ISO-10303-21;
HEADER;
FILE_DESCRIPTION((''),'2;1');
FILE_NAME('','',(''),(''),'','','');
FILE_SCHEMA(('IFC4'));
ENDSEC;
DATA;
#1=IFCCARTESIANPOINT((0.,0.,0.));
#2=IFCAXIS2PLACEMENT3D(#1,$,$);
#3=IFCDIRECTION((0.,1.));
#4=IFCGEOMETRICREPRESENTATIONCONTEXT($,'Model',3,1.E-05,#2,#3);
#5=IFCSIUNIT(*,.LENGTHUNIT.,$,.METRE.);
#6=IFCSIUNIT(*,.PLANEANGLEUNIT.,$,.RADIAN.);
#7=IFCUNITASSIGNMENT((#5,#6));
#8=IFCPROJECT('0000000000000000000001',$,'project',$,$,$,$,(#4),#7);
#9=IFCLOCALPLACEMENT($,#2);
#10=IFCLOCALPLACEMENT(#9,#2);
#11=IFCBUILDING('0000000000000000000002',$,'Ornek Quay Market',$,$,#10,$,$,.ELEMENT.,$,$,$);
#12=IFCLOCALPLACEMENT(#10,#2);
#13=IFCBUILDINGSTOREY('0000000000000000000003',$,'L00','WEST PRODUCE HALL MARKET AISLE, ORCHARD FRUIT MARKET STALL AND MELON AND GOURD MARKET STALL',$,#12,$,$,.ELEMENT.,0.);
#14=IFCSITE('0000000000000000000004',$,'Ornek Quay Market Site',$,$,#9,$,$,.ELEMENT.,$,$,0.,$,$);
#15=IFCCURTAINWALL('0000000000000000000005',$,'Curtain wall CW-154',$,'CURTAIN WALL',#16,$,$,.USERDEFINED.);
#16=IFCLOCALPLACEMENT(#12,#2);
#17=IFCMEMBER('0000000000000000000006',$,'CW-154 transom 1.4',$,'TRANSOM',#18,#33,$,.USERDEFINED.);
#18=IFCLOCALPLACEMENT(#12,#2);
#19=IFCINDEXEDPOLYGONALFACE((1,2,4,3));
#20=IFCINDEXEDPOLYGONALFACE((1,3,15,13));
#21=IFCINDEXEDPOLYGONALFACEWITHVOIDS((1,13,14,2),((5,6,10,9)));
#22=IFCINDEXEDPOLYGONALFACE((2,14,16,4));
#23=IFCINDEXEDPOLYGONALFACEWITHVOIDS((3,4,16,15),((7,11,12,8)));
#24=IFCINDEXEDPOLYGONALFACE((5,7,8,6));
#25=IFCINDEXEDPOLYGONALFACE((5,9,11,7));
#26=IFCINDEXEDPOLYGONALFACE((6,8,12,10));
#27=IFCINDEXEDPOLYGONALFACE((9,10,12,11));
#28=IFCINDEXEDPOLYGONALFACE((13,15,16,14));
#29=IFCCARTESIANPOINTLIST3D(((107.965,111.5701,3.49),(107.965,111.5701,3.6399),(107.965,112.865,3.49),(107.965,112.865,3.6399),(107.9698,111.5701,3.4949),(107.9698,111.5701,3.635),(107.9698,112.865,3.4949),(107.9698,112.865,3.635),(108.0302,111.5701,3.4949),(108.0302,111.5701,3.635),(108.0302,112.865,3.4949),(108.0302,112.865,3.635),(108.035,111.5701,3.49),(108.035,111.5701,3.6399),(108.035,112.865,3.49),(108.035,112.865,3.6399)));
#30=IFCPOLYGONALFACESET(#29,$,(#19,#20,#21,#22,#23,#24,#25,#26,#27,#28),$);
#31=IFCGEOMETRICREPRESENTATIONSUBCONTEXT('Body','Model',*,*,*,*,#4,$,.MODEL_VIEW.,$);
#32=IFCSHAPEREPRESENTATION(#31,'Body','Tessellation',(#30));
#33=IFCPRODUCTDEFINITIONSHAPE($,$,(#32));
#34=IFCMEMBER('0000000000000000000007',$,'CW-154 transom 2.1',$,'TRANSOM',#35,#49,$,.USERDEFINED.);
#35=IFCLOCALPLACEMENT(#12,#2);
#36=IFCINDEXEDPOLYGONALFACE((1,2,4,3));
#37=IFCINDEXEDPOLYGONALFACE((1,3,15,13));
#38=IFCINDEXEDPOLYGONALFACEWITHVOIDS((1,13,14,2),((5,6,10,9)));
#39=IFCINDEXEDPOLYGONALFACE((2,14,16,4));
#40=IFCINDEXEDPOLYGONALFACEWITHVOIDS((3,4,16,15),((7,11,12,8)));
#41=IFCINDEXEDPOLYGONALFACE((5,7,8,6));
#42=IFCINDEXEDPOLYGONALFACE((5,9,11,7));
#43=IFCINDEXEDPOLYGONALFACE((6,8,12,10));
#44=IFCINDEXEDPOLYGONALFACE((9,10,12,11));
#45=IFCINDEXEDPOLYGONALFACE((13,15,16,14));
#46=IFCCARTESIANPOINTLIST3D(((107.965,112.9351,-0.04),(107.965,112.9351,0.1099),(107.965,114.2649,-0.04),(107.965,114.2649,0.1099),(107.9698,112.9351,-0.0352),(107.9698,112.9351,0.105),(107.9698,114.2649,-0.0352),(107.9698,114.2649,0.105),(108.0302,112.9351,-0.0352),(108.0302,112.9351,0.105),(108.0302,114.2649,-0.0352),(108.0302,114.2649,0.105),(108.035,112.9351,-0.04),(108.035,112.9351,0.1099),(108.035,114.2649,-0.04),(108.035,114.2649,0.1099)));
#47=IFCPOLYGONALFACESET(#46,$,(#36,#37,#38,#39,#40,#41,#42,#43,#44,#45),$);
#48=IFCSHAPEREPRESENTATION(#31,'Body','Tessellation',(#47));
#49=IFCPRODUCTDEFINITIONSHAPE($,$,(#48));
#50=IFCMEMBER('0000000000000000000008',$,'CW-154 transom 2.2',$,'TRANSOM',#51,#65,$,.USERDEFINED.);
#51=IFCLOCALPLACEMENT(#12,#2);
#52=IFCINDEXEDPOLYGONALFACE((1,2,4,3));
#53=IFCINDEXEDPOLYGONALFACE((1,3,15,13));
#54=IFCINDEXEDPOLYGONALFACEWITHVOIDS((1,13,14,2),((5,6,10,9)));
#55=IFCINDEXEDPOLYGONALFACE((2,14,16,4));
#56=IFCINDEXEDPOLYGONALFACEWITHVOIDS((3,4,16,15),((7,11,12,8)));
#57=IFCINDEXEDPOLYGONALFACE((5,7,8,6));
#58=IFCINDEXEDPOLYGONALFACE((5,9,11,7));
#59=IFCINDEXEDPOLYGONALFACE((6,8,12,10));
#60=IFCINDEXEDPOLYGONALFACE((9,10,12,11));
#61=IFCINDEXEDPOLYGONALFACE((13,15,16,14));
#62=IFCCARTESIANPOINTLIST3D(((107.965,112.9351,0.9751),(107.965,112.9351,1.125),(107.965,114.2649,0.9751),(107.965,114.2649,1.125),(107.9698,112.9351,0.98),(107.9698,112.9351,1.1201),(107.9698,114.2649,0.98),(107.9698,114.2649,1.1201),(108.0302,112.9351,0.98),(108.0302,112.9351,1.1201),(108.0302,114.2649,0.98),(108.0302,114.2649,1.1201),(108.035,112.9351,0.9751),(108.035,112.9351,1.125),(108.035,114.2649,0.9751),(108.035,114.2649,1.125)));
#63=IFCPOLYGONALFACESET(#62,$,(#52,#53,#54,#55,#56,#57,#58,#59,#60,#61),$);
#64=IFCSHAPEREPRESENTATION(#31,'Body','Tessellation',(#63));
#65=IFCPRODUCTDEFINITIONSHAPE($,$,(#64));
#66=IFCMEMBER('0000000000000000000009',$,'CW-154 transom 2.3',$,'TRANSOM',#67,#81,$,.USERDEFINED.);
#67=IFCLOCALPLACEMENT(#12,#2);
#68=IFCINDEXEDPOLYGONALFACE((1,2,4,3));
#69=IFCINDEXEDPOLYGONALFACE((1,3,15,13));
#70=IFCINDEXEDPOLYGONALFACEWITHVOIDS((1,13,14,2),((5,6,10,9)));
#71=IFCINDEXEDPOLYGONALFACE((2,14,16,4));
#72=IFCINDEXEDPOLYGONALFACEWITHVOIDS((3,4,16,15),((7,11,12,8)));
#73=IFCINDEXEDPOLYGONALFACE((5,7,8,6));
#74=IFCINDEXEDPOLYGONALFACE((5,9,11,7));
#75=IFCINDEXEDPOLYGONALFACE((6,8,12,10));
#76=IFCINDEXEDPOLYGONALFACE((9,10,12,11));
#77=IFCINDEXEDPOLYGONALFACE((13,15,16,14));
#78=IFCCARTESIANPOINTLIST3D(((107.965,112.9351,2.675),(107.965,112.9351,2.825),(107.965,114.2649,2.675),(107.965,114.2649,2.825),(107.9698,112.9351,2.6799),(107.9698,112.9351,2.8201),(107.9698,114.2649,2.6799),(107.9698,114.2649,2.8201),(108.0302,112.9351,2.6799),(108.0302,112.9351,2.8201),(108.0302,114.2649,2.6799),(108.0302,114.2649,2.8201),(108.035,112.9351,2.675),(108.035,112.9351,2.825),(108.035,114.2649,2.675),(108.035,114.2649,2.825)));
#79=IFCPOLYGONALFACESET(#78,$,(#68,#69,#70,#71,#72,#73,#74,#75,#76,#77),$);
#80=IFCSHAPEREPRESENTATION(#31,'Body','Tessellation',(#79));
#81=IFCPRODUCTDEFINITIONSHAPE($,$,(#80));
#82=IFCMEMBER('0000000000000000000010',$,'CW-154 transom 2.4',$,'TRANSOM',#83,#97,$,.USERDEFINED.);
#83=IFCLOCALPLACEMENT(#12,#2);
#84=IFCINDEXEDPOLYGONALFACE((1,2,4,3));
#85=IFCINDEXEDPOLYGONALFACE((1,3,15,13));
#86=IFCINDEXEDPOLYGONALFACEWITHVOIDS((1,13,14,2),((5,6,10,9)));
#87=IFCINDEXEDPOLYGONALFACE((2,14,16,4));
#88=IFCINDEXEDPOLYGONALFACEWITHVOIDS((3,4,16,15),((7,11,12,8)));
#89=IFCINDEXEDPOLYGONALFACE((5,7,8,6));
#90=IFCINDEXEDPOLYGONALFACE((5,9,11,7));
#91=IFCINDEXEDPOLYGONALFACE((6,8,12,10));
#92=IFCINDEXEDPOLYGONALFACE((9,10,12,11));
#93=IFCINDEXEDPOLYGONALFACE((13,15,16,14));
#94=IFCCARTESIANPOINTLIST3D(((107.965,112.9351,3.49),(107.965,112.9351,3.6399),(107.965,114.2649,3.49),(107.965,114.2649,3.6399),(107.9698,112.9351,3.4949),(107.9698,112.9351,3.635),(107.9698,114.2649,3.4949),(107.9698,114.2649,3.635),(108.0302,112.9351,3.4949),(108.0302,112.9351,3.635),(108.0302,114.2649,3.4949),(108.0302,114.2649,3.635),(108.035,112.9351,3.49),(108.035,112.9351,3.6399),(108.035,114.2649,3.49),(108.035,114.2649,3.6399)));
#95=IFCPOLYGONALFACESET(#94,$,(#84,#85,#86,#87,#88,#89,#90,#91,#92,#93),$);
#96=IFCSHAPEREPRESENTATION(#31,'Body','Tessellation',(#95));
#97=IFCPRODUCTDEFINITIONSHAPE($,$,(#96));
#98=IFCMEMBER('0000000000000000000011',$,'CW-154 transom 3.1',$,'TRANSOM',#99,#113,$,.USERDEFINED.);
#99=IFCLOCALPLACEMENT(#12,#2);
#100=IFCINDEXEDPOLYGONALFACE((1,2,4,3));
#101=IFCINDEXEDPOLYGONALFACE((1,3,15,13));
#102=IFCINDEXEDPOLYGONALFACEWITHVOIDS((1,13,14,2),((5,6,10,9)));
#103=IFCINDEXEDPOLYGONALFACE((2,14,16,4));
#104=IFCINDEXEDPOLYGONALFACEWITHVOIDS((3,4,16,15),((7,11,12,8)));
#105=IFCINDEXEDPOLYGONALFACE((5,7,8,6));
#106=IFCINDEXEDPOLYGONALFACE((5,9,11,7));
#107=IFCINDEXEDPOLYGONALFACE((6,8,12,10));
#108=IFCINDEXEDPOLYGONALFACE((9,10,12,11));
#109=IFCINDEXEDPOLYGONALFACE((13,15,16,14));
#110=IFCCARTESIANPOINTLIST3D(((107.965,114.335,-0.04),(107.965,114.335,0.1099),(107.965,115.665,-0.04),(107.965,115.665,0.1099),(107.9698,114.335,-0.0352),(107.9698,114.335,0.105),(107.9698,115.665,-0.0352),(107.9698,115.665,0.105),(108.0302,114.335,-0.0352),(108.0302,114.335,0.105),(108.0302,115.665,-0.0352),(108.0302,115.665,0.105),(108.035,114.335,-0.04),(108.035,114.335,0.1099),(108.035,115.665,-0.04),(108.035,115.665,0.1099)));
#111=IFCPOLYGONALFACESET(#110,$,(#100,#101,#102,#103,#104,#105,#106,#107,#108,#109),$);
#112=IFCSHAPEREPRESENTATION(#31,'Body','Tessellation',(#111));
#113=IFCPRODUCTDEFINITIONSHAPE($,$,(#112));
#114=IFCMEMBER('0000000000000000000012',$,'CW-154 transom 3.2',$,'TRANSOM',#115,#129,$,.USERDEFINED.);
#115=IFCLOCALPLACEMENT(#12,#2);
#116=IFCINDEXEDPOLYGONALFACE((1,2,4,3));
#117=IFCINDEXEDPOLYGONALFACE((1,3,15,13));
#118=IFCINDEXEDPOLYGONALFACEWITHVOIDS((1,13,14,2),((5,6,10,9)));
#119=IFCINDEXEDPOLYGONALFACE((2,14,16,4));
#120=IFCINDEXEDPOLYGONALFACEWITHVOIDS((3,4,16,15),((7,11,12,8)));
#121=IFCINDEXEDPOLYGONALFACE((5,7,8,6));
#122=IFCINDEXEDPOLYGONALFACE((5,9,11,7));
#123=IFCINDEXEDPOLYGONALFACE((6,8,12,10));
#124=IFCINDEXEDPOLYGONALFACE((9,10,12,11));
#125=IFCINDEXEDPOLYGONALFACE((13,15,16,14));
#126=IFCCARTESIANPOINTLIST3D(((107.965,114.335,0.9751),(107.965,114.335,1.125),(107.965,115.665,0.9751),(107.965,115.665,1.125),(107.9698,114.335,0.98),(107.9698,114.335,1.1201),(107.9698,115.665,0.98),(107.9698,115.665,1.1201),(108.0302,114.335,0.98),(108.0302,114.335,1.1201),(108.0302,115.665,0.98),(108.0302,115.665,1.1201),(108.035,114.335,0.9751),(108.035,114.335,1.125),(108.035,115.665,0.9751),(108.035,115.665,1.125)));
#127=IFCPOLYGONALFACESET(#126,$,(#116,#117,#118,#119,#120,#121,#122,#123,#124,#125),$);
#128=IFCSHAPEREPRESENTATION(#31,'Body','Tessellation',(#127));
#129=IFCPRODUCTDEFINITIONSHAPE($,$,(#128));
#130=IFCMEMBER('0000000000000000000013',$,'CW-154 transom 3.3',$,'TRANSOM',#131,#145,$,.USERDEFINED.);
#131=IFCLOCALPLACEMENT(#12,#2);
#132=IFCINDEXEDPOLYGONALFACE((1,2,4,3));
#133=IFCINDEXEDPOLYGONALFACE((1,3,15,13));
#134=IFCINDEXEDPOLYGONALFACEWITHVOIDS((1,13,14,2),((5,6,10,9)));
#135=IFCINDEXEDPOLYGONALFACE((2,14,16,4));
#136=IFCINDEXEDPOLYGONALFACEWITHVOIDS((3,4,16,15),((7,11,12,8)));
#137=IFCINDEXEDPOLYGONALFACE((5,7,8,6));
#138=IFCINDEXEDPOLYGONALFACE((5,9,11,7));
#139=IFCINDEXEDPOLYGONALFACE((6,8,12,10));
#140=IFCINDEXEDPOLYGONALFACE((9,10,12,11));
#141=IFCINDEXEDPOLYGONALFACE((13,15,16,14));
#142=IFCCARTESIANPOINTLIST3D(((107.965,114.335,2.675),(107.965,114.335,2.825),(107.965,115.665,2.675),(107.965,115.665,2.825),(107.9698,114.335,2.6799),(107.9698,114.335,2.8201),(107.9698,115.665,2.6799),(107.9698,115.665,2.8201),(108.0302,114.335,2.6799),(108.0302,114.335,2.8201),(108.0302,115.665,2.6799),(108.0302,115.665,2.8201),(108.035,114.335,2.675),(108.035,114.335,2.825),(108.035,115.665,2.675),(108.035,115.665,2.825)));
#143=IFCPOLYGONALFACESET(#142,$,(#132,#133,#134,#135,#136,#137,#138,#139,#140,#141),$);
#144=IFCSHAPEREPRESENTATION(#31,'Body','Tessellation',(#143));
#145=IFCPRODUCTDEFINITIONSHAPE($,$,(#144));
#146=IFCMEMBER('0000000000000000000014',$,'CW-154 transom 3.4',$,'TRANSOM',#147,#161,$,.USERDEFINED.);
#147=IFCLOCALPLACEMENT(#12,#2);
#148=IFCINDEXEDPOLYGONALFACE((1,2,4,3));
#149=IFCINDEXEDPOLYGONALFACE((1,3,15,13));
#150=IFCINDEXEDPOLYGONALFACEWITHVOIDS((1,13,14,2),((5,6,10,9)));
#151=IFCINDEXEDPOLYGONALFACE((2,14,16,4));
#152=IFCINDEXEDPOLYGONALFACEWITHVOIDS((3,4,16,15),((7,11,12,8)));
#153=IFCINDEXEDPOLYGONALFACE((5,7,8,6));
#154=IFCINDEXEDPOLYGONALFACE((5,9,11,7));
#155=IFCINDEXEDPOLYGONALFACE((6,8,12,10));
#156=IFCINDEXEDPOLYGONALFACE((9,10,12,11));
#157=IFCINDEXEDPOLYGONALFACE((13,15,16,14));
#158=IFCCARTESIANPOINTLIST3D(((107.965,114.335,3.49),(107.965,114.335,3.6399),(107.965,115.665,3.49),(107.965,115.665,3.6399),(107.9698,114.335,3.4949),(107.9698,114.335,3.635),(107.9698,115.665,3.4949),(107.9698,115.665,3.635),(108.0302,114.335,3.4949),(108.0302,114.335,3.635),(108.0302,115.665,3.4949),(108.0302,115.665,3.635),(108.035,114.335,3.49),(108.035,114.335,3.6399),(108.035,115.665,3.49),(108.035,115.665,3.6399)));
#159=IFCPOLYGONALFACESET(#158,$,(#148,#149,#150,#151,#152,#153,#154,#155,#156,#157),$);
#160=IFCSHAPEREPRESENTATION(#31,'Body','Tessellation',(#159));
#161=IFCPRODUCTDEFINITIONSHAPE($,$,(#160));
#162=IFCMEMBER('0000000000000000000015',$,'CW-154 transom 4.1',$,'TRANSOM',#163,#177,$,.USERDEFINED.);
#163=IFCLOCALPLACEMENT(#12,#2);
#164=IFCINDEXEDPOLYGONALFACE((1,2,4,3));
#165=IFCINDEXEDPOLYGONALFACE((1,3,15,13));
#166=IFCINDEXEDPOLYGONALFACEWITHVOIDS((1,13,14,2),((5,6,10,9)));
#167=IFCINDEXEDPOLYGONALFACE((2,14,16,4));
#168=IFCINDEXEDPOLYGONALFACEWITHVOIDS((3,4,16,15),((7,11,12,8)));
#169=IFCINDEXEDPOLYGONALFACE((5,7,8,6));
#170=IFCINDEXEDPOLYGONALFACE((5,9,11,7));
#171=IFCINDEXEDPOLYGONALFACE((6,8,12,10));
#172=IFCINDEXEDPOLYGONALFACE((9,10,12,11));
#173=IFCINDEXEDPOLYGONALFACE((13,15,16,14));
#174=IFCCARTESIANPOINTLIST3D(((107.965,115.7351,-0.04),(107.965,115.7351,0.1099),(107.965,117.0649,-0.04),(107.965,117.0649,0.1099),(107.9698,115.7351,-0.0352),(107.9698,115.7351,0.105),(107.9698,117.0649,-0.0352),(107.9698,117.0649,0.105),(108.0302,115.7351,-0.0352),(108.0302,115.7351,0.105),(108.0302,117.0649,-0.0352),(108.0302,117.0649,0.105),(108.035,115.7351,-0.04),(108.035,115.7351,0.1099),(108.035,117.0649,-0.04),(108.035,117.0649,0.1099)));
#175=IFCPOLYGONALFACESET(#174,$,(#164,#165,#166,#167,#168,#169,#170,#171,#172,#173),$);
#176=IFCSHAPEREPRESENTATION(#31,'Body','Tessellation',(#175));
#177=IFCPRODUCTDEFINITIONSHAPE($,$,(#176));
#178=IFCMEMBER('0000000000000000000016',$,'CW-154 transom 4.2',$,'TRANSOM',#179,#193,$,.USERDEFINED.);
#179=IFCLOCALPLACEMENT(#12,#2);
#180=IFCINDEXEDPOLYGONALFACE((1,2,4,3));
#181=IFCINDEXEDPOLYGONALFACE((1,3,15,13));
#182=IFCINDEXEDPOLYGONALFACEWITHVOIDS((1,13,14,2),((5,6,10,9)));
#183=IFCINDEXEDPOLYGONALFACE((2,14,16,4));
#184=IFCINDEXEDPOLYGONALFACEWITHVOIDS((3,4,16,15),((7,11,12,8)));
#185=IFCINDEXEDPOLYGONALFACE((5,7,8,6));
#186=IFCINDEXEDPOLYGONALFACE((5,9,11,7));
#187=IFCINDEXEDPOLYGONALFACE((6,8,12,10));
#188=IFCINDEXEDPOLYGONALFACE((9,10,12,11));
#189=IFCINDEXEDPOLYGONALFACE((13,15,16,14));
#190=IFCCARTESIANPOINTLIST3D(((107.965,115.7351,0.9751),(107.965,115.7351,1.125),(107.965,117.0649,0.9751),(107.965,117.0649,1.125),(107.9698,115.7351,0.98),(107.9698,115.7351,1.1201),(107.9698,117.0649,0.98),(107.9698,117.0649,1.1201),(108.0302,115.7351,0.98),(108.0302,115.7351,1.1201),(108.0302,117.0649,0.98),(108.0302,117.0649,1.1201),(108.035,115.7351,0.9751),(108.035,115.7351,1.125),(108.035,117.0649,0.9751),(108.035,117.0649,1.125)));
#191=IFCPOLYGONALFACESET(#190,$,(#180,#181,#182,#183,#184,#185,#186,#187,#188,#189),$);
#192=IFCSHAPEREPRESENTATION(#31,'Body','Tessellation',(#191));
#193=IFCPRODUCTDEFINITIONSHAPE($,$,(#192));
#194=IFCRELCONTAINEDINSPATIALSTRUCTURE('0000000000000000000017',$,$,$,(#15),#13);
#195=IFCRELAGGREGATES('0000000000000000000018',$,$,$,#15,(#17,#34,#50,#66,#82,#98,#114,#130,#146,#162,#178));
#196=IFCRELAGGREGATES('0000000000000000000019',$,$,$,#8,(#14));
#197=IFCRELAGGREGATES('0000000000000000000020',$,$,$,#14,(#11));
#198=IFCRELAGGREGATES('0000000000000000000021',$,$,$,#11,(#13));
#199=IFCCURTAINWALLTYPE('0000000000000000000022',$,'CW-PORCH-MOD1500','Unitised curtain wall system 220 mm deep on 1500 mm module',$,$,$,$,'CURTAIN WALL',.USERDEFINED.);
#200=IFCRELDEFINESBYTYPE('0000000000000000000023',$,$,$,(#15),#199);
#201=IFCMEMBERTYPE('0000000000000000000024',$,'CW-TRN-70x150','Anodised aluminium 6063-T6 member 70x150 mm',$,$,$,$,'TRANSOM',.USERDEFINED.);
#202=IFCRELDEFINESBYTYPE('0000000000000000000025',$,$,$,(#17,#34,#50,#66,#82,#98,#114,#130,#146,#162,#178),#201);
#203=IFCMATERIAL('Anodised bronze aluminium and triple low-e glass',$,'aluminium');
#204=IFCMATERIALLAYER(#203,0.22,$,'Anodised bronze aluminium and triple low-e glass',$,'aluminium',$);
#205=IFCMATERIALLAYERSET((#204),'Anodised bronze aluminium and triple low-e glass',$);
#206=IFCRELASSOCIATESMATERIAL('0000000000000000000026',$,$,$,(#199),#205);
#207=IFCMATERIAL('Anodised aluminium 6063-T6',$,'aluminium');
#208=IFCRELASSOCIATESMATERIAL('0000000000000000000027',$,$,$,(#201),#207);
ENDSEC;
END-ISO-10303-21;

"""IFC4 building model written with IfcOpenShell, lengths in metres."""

from ifc_helpers import new_model, si_unit, direction, frame, origin, origin_2d, place, context, subcontext, project, spatial, hollow_rectangle, extrude, material, layer, layer_set, material_profile, profile_set, type_object, element, aggregate, save


model = new_model("IFC4")

# Units and contexts
model_context = context("Model", 3, precision=1e-05, world=origin(), true_north=direction((0.0, 1.0)))
body_context = subcontext(model_context, "Body", "Model", "MODEL_VIEW")
ifc_project = project(units=[si_unit("LENGTHUNIT", "METRE"), si_unit("PLANEANGLEUNIT", "RADIAN")], contexts=[model_context])

# Site, building, storey
site_placement = place(None, origin())
site = spatial("IfcSite", under=ifc_project, at=site_placement, Name="Ornek Quay Market Site", CompositionType="ELEMENT", RefElevation=0.0)
building_placement = place(site_placement, origin())
building = spatial("IfcBuilding", under=site, at=building_placement, Name="Ornek Quay Market", CompositionType="ELEMENT")
storey_placement = place(building_placement, origin())
storey = spatial("IfcBuildingStorey", under=building, at=storey_placement, Name="L00", Description="WEST PRODUCE HALL MARKET AISLE, ORCHARD FRUIT MARKET STALL AND MELON AND GOURD MARKET STALL", CompositionType="ELEMENT", Elevation=0.0)

# Curtain wall, members
ifc_material_1 = material(Name="Anodised bronze aluminium and triple low-e glass", Category="aluminium")
ifc_layer_1 = layer(ifc_material_1, 0.22, Name="Anodised bronze aluminium and triple low-e glass", Category="aluminium")
ifc_layer_set_1 = layer_set([ifc_layer_1], Name="Anodised bronze aluminium and triple low-e glass")
curtain_wall_type = type_object("IfcCurtainWallType", Name="CW-PORCH-MOD1500", Description="Unitised curtain wall system 220 mm deep on 1500 mm module", ElementType="CURTAIN WALL", PredefinedType="USERDEFINED", material=ifc_layer_set_1)
curtain_wall_placement = place(storey_placement, origin())
curtain_wall = element("IfcCurtainWall", 1, at=curtain_wall_placement, inside=storey, type_object=curtain_wall_type, Name="Curtain wall CW-154", ObjectType="CURTAIN WALL", PredefinedType="USERDEFINED")
ifc_material_2 = material(Name="Anodised aluminium 6063-T6", Category="aluminium")
ifc_material_profile_1 = material_profile(ifc_material_2, hollow_rectangle(XDim=0.0701, YDim=0.1499, WallThickness=0.0049, at=origin_2d()), Name="CW-TRN-70x150", Category="aluminium")
ifc_profile_set_1 = profile_set([ifc_material_profile_1], Name="Anodised aluminium 6063-T6")
member_type_1 = type_object("IfcMemberType", Name="CW-TRN-70x150", Description="Anodised aluminium 6063-T6 member 70x150 mm", ElementType="TRANSOM", PredefinedType="USERDEFINED", material=ifc_profile_set_1)
member_1_placement = place(storey_placement, frame((108.0, 111.5701, 3.5649), z_axis=(0.0, 1.0, 0.0), x_axis=(-1.0, 0.0, 0.0)))
member_1 = element("IfcMember", 2, at=member_1_placement, type_object=member_type_1, Name="CW-154 transom 1.4", ObjectType="TRANSOM", PredefinedType="USERDEFINED", context=body_context, shape_type="SweptSolid", body=[
    extrude(hollow_rectangle(XDim=0.0701, YDim=0.1499, WallThickness=0.0049, at=origin_2d()), origin(), (0.0, 0.0, 1.0), 1.2949),
])
member_2_placement = place(storey_placement, frame((108.0, 112.9351, 0.0349), z_axis=(0.0, 1.0, 0.0), x_axis=(-1.0, 0.0, 0.0)))
member_2 = element("IfcMember", 3, at=member_2_placement, type_object=member_type_1, Name="CW-154 transom 2.1", ObjectType="TRANSOM", PredefinedType="USERDEFINED", context=body_context, shape_type="SweptSolid", body=[
    extrude(hollow_rectangle(XDim=0.0701, YDim=0.1499, WallThickness=0.0049, at=origin_2d()), origin(), (0.0, 0.0, 1.0), 1.3298),
])
member_3_placement = place(storey_placement, frame((108.0, 112.9351, 1.05), z_axis=(0.0, 1.0, 0.0), x_axis=(-1.0, 0.0, 0.0)))
member_3 = element("IfcMember", 4, at=member_3_placement, type_object=member_type_1, Name="CW-154 transom 2.2", ObjectType="TRANSOM", PredefinedType="USERDEFINED", context=body_context, shape_type="SweptSolid", body=[
    extrude(hollow_rectangle(XDim=0.0701, YDim=0.1499, WallThickness=0.0049, at=origin_2d()), origin(), (0.0, 0.0, 1.0), 1.3298),
])
member_4_placement = place(storey_placement, frame((108.0, 112.9351, 2.75), z_axis=(0.0, 1.0, 0.0), x_axis=(-1.0, 0.0, 0.0)))
member_4 = element("IfcMember", 5, at=member_4_placement, type_object=member_type_1, Name="CW-154 transom 2.3", ObjectType="TRANSOM", PredefinedType="USERDEFINED", context=body_context, shape_type="SweptSolid", body=[
    extrude(hollow_rectangle(XDim=0.0701, YDim=0.1499, WallThickness=0.0049, at=origin_2d()), origin(), (0.0, 0.0, 1.0), 1.3298),
])
member_5_placement = place(storey_placement, frame((108.0, 112.9351, 3.5649), z_axis=(0.0, 1.0, 0.0), x_axis=(-1.0, 0.0, 0.0)))
member_5 = element("IfcMember", 6, at=member_5_placement, type_object=member_type_1, Name="CW-154 transom 2.4", ObjectType="TRANSOM", PredefinedType="USERDEFINED", context=body_context, shape_type="SweptSolid", body=[
    extrude(hollow_rectangle(XDim=0.0701, YDim=0.1499, WallThickness=0.0049, at=origin_2d()), origin(), (0.0, 0.0, 1.0), 1.3298),
])
member_6_placement = place(storey_placement, frame((108.0, 114.335, 0.0349), z_axis=(0.0, 1.0, 0.0), x_axis=(-1.0, 0.0, 0.0)))
member_6 = element("IfcMember", 7, at=member_6_placement, type_object=member_type_1, Name="CW-154 transom 3.1", ObjectType="TRANSOM", PredefinedType="USERDEFINED", context=body_context, shape_type="SweptSolid", body=[
    extrude(hollow_rectangle(XDim=0.0701, YDim=0.1499, WallThickness=0.0049, at=origin_2d()), origin(), (0.0, 0.0, 1.0), 1.3301),
])
member_7_placement = place(storey_placement, frame((108.0, 114.335, 1.05), z_axis=(0.0, 1.0, 0.0), x_axis=(-1.0, 0.0, 0.0)))
member_7 = element("IfcMember", 8, at=member_7_placement, type_object=member_type_1, Name="CW-154 transom 3.2", ObjectType="TRANSOM", PredefinedType="USERDEFINED", context=body_context, shape_type="SweptSolid", body=[
    extrude(hollow_rectangle(XDim=0.0701, YDim=0.1499, WallThickness=0.0049, at=origin_2d()), origin(), (0.0, 0.0, 1.0), 1.3301),
])
member_8_placement = place(storey_placement, frame((108.0, 114.335, 2.75), z_axis=(0.0, 1.0, 0.0), x_axis=(-1.0, 0.0, 0.0)))
member_8 = element("IfcMember", 9, at=member_8_placement, type_object=member_type_1, Name="CW-154 transom 3.3", ObjectType="TRANSOM", PredefinedType="USERDEFINED", context=body_context, shape_type="SweptSolid", body=[
    extrude(hollow_rectangle(XDim=0.0701, YDim=0.1499, WallThickness=0.0049, at=origin_2d()), origin(), (0.0, 0.0, 1.0), 1.3301),
])
member_9_placement = place(storey_placement, frame((108.0, 114.335, 3.5649), z_axis=(0.0, 1.0, 0.0), x_axis=(-1.0, 0.0, 0.0)))
member_9 = element("IfcMember", 10, at=member_9_placement, type_object=member_type_1, Name="CW-154 transom 3.4", ObjectType="TRANSOM", PredefinedType="USERDEFINED", context=body_context, shape_type="SweptSolid", body=[
    extrude(hollow_rectangle(XDim=0.0701, YDim=0.1499, WallThickness=0.0049, at=origin_2d()), origin(), (0.0, 0.0, 1.0), 1.3301),
])
member_10_placement = place(storey_placement, frame((108.0, 115.7351, 0.0349), z_axis=(0.0, 1.0, 0.0), x_axis=(-1.0, 0.0, 0.0)))
member_10 = element("IfcMember", 11, at=member_10_placement, type_object=member_type_1, Name="CW-154 transom 4.1", ObjectType="TRANSOM", PredefinedType="USERDEFINED", context=body_context, shape_type="SweptSolid", body=[
    extrude(hollow_rectangle(XDim=0.0701, YDim=0.1499, WallThickness=0.0049, at=origin_2d()), origin(), (0.0, 0.0, 1.0), 1.3298),
])
member_11_placement = place(storey_placement, frame((108.0, 115.7351, 1.05), z_axis=(0.0, 1.0, 0.0), x_axis=(-1.0, 0.0, 0.0)))
member_11 = element("IfcMember", 12, at=member_11_placement, type_object=member_type_1, Name="CW-154 transom 4.2", ObjectType="TRANSOM", PredefinedType="USERDEFINED", context=body_context, shape_type="SweptSolid", body=[
    extrude(hollow_rectangle(XDim=0.0701, YDim=0.1499, WallThickness=0.0049, at=origin_2d()), origin(), (0.0, 0.0, 1.0), 1.3298),
])
aggregate(curtain_wall, [member_1, member_2, member_3, member_4, member_5, member_6, member_7, member_8, member_9, member_10, member_11])

save(model, "model.ifc")
